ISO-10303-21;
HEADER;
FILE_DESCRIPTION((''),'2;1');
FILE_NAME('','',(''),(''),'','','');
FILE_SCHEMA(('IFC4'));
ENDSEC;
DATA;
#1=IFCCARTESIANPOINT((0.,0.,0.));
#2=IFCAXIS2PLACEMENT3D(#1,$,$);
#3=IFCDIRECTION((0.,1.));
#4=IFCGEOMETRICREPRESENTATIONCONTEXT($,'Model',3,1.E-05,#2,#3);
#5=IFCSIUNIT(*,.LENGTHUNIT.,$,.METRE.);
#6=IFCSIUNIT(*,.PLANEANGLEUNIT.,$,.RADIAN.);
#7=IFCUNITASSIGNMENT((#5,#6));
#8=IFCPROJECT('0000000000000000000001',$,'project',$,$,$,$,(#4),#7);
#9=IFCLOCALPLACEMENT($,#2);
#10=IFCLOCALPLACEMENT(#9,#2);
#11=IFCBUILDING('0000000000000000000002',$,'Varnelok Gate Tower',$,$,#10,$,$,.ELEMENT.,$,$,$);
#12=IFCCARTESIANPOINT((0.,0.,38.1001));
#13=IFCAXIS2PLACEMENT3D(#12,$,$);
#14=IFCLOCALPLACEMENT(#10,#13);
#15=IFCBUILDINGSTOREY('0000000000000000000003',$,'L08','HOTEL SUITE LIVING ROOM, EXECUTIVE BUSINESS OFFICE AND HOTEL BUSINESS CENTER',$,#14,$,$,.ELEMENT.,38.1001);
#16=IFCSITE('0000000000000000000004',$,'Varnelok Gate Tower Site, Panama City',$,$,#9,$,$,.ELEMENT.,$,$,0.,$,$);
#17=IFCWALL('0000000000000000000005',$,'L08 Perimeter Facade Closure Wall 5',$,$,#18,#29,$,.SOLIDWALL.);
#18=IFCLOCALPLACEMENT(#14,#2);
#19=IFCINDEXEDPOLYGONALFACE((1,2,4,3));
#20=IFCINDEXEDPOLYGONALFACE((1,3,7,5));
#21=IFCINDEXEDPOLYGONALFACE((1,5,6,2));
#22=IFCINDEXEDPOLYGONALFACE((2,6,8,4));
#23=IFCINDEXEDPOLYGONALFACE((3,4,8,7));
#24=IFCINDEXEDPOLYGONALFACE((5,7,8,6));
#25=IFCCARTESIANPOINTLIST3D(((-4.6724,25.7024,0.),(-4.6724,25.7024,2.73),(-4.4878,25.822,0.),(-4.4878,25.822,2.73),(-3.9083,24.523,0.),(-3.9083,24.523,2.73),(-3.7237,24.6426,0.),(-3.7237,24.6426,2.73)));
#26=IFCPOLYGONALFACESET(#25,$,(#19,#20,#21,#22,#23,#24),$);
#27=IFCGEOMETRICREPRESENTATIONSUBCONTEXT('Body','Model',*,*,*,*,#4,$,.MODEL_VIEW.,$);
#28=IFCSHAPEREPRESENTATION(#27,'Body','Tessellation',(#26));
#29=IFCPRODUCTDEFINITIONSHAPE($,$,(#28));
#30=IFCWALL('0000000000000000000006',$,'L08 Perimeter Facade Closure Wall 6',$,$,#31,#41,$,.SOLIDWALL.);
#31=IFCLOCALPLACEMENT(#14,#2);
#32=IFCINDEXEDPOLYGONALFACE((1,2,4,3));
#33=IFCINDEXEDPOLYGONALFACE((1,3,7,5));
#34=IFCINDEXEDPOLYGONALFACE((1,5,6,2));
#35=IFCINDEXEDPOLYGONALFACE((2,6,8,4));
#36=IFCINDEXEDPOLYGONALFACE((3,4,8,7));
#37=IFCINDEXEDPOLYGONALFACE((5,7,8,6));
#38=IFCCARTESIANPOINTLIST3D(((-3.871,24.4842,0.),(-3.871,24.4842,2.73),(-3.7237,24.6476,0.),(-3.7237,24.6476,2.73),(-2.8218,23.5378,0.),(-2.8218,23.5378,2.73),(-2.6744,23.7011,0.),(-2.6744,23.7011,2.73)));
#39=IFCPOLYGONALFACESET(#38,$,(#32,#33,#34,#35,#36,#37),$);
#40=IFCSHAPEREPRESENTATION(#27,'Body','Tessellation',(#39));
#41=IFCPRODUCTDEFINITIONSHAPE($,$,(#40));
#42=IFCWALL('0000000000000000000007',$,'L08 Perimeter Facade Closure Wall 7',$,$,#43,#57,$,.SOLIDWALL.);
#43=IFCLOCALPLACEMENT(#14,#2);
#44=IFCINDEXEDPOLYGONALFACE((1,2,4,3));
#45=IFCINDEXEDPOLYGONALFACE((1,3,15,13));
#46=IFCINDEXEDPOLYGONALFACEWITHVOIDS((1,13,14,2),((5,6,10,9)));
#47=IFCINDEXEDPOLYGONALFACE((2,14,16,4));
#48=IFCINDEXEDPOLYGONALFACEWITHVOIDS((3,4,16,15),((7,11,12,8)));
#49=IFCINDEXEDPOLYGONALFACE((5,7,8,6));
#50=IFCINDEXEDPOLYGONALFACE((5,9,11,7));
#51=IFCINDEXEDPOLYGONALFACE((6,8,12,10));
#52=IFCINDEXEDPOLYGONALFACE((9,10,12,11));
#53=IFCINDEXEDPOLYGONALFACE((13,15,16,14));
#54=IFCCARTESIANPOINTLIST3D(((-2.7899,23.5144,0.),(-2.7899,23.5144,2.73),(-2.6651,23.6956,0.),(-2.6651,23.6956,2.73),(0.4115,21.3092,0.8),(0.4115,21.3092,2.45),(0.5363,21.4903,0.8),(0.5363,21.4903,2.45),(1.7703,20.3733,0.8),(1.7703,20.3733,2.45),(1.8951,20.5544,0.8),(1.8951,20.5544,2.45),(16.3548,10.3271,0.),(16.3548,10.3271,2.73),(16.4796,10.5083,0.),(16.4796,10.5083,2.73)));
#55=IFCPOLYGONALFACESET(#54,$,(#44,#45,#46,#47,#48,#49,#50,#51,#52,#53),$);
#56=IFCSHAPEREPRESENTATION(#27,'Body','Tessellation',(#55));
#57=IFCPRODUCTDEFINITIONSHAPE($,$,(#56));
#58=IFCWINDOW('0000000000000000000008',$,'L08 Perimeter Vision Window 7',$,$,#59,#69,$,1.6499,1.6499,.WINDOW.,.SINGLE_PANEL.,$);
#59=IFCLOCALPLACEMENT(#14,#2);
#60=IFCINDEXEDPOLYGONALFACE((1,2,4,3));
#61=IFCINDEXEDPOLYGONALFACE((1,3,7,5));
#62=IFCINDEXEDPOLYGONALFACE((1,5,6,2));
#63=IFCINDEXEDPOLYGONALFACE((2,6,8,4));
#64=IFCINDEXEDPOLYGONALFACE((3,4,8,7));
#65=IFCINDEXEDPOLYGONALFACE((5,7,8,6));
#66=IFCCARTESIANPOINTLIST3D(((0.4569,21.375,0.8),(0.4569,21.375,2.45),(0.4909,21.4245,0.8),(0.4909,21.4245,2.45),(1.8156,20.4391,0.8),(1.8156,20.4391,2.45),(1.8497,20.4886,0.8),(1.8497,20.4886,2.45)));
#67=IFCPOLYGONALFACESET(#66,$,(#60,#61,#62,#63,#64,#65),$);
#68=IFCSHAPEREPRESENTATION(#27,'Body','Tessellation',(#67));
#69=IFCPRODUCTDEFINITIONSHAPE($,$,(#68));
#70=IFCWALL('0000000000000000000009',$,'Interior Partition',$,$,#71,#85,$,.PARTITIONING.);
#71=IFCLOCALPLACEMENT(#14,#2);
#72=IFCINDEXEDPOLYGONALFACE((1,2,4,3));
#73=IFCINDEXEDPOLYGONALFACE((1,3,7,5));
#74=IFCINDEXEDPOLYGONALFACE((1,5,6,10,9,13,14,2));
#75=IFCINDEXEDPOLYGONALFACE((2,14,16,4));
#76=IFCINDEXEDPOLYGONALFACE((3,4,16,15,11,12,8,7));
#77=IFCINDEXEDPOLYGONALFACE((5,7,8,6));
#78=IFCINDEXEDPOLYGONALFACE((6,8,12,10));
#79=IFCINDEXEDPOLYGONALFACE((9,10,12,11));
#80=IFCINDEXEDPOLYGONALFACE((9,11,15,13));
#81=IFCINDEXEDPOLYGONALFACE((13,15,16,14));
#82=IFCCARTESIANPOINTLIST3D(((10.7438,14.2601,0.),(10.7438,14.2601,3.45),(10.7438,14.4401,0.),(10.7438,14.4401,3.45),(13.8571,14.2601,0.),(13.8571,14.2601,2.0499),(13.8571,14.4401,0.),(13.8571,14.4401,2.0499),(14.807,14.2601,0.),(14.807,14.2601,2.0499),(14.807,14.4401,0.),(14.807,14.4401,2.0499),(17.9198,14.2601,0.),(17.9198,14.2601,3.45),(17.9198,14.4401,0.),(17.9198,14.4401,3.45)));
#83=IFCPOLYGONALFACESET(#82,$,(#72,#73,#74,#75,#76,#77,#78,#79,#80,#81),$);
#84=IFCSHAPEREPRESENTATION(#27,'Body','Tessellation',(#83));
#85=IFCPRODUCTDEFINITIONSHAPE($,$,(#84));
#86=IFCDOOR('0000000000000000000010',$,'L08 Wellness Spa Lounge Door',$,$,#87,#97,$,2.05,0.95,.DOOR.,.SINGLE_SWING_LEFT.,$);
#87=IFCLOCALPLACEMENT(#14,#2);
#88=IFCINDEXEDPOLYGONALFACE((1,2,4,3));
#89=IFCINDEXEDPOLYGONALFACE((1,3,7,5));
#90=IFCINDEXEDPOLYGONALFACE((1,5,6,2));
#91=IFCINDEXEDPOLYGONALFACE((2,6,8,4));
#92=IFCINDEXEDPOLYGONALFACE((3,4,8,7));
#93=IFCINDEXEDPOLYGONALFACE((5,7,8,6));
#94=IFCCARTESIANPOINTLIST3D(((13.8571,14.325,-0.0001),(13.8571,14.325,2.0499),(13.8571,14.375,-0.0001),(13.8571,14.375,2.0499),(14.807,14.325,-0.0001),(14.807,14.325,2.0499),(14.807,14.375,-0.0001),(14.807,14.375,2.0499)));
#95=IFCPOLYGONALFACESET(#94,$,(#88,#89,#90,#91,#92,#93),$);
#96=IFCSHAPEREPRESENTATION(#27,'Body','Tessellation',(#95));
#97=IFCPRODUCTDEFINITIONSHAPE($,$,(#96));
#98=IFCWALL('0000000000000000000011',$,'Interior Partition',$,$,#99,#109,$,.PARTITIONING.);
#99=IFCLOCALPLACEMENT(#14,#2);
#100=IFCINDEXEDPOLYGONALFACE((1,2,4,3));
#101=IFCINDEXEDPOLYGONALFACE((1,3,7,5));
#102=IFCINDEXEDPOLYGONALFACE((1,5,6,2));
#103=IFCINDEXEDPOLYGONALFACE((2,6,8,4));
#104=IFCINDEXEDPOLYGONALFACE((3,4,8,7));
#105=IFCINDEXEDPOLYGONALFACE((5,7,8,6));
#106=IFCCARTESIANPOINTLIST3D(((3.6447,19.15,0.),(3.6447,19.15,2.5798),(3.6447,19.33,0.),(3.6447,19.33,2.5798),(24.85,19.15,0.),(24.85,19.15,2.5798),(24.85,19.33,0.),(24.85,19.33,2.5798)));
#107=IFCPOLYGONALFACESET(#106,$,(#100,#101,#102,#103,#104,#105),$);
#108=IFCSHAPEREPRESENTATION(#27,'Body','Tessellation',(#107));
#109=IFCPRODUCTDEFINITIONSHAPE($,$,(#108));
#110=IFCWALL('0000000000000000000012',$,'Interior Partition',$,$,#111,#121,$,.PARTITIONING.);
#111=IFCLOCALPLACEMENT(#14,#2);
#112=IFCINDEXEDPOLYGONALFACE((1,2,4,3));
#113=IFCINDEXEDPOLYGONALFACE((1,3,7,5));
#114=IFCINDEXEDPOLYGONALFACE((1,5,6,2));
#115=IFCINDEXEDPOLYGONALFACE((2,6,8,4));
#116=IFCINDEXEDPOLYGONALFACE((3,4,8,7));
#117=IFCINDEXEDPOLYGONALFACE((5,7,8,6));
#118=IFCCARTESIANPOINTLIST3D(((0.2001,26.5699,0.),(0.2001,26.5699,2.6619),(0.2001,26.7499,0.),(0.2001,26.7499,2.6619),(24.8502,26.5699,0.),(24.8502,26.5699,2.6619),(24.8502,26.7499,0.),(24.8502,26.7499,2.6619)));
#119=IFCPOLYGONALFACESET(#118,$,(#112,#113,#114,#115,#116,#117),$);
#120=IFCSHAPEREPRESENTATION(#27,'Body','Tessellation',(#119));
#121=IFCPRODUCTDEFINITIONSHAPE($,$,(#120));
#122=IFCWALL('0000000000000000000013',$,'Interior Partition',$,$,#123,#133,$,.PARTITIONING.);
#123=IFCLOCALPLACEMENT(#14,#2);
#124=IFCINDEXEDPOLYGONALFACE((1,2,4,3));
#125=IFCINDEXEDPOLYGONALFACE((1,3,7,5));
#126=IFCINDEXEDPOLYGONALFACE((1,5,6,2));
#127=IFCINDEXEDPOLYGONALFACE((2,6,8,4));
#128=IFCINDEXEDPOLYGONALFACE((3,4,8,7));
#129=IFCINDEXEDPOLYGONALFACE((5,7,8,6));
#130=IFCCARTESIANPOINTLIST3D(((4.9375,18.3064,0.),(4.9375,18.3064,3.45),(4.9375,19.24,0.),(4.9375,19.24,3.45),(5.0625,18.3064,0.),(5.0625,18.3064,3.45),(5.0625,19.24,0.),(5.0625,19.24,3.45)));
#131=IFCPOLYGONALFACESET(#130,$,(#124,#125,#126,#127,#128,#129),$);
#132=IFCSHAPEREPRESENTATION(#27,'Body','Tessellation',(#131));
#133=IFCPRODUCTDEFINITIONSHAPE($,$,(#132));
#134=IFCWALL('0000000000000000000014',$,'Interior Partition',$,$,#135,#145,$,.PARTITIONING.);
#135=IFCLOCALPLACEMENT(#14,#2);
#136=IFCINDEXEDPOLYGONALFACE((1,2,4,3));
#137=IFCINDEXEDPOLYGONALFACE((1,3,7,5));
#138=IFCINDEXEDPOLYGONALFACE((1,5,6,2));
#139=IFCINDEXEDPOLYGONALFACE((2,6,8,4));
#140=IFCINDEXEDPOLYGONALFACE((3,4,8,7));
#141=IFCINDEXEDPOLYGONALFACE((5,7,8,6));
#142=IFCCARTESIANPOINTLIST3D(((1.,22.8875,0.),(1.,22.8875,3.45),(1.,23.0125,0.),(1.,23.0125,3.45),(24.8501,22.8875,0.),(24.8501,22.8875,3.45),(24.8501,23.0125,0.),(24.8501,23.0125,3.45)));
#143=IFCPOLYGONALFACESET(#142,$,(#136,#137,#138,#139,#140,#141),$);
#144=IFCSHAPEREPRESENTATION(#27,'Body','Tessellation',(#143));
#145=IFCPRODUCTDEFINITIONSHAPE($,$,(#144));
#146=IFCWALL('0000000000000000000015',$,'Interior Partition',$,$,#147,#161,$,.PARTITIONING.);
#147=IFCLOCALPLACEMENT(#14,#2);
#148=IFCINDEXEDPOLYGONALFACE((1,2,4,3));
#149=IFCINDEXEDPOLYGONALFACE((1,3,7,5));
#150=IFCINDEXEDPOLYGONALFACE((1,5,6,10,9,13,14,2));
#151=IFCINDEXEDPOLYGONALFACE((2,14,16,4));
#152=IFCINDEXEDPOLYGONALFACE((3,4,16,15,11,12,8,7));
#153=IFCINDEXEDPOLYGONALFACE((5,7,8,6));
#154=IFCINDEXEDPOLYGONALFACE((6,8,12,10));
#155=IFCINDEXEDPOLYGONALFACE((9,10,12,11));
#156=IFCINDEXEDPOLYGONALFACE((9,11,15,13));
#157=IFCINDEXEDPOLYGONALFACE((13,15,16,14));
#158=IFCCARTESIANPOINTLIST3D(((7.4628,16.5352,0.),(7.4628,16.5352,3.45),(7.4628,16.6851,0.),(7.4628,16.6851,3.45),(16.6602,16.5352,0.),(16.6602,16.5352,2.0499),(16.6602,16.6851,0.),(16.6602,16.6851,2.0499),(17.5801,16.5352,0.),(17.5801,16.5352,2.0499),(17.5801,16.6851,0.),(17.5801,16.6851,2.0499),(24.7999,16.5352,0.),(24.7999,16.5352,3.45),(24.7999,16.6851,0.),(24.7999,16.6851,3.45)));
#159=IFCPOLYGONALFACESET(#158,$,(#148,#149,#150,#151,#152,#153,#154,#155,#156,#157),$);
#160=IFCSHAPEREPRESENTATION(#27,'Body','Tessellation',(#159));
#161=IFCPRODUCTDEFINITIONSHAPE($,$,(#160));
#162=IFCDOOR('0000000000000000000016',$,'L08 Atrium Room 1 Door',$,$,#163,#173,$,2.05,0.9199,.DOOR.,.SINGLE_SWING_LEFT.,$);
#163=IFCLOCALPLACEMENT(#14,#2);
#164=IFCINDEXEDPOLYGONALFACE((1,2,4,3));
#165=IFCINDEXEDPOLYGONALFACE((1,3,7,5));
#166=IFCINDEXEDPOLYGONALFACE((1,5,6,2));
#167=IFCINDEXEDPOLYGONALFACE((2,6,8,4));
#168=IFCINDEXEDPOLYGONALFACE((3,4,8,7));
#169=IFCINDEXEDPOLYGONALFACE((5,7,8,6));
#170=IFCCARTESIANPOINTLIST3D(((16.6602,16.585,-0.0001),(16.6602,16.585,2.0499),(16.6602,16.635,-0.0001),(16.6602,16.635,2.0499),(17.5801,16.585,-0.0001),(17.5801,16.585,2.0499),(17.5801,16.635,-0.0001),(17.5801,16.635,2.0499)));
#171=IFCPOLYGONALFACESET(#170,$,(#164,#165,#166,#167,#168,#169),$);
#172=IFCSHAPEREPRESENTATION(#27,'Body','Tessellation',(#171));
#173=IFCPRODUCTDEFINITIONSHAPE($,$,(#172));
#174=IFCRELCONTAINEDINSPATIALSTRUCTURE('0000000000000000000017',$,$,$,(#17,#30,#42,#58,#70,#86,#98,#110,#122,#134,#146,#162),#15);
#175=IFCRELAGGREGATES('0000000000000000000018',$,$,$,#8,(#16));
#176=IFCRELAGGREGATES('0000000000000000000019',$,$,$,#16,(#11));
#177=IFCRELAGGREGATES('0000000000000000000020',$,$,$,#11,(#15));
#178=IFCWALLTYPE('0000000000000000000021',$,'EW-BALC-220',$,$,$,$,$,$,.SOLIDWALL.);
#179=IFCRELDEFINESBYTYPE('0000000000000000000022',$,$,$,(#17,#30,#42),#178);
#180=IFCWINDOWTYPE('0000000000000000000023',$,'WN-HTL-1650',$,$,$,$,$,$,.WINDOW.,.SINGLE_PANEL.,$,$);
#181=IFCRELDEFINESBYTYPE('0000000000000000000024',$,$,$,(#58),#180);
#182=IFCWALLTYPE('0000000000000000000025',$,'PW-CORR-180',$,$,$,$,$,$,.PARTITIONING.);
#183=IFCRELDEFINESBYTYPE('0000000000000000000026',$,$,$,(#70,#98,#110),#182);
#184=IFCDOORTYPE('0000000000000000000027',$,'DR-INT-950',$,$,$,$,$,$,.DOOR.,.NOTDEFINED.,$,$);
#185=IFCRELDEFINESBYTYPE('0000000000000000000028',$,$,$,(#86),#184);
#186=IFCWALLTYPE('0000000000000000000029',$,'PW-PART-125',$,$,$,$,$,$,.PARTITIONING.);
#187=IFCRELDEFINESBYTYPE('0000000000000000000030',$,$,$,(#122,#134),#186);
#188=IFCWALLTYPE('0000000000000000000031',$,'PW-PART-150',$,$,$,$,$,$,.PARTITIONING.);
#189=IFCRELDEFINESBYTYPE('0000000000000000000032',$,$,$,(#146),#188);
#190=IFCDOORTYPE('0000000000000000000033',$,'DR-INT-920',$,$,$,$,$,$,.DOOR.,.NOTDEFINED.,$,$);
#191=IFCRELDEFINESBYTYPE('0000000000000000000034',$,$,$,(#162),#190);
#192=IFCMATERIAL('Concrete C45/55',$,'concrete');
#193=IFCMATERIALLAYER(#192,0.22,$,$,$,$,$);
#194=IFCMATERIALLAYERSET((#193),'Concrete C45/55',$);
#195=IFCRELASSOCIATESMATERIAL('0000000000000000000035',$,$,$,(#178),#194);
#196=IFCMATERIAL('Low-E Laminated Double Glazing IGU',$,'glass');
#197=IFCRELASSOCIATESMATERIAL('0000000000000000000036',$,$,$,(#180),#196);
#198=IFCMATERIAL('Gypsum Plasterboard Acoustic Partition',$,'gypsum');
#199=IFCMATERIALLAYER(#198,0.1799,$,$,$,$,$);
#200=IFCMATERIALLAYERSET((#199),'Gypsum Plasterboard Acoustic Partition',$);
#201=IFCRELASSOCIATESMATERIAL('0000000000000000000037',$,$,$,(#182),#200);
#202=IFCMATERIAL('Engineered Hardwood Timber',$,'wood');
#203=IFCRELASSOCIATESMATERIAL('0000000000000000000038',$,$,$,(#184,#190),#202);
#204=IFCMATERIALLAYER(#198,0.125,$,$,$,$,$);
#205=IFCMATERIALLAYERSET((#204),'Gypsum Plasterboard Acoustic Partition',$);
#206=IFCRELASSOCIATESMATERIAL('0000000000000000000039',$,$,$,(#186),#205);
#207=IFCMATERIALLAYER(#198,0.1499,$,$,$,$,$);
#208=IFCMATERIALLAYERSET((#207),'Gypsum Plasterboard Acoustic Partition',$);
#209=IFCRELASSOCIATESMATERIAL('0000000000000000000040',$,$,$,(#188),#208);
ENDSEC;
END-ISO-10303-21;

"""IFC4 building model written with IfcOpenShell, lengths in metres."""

from ifc_helpers import new_model, si_unit, direction, frame, frame_2d, origin, place, context, subcontext, project, spatial, rectangle, extrude, material, layer, layer_set, type_object, element, fill, save


model = new_model("IFC4")

# Units and contexts
model_context = context("Model", 3, precision=1e-05, world=origin(), true_north=direction((0.0, 1.0)))
body_context = subcontext(model_context, "Body", "Model", "MODEL_VIEW")
ifc_project = project(units=[si_unit("LENGTHUNIT", "METRE"), si_unit("PLANEANGLEUNIT", "RADIAN")], contexts=[model_context])

# Site, building, storey
site_placement = place(None, origin())
site = spatial("IfcSite", under=ifc_project, at=site_placement, Name="Varnelok Gate Tower Site, Panama City", CompositionType="ELEMENT", RefElevation=0.0)
building_placement = place(site_placement, origin())
building = spatial("IfcBuilding", under=site, at=building_placement, Name="Varnelok Gate Tower", CompositionType="ELEMENT")
storey_placement = place(building_placement, frame((0.0, 0.0, 38.1001)))
storey = spatial("IfcBuildingStorey", under=building, at=storey_placement, Name="L08", Description="HOTEL SUITE LIVING ROOM, EXECUTIVE BUSINESS OFFICE AND HOTEL BUSINESS CENTER", CompositionType="ELEMENT", Elevation=38.1001)

# Shared definitions
ifc_material_1 = material(Name="Concrete C45/55", Category="concrete")

# Walls
ifc_layer_1 = layer(ifc_material_1, 0.22)
ifc_layer_set_1 = layer_set([ifc_layer_1], Name="Concrete C45/55")
wall_type_1 = type_object("IfcWallType", Name="EW-BALC-220", PredefinedType="SOLIDWALL", material=ifc_layer_set_1)
for number, where, z_axis, x_axis, name in (
    (1, (-4.5801, 25.7622, 0.0), (0.0, 0.0, 1.0), (0.543748, -0.839248, 0.0), "L08 Perimeter Facade Closure Wall 5"),
):
    element("IfcWall", number, at=place(storey_placement, frame(where, z_axis=z_axis, x_axis=x_axis)), inside=storey, type_object=wall_type_1, Name=name, PredefinedType="SOLIDWALL", context=body_context, shape_type="SweptSolid", body=[
        extrude(rectangle(XDim=1.4053, YDim=0.22, at=frame_2d((0.7026, 0.0))), origin(), (0.0, 0.0, 1.0), 2.73),
    ])
wall_1_placement = place(storey_placement, frame((-3.7974, 24.5659, 0.0), z_axis=(0.0, 0.0, 1.0), x_axis=(0.742538, -0.669804, 0.0)))
element("IfcWall", 2, at=wall_1_placement, inside=storey, type_object=wall_type_1, Name="L08 Perimeter Facade Closure Wall 6", PredefinedType="SOLIDWALL", context=body_context, shape_type="SweptSolid", body=[
    extrude(rectangle(XDim=1.4131, YDim=0.22, at=frame_2d((0.7065, 0.0))), origin(), (0.0, 0.0, 1.0), 2.73),
])

# Wall, opening, window
wall_2_placement = place(storey_placement, frame((-2.7275, 23.605, 0.0), z_axis=(0.0, 0.0, 1.0), x_axis=(0.823535, -0.567265, 0.0)))
wall_2 = element("IfcWall", 3, at=wall_2_placement, inside=storey, type_object=wall_type_1, Name="L08 Perimeter Facade Closure Wall 7", PredefinedType="SOLIDWALL", context=body_context, shape_type="SweptSolid", body=[
    extrude(rectangle(XDim=23.2471, YDim=0.22, at=frame_2d((11.6235, 0.0))), origin(), (0.0, 0.0, 1.0), 2.73),
])
opening_1_placement = place(wall_2_placement, frame((3.8875, 0.0, 0.8)))
opening_1 = element("IfcOpeningElement", 4, at=opening_1_placement, cuts=wall_2, PredefinedType="OPENING", context=body_context, shape_type="SweptSolid", body=[
    extrude(rectangle(XDim=1.6499, YDim=1.6499, at=frame_2d((0.825, 0.825))), frame((0.0, 0.1199, 0.0), z_axis=(0.0, -1.0, 0.0), x_axis=(1.0, 0.0, 0.0)), (0.0, 0.0, 1.0), 0.24),
])
ifc_material_2 = material(Name="Low-E Laminated Double Glazing IGU", Category="glass")
window_type = type_object("IfcWindowType", Name="WN-HTL-1650", PartitioningType="SINGLE_PANEL", PredefinedType="WINDOW", material=ifc_material_2)
window_placement = place(opening_1_placement, origin())
window = element("IfcWindow", 5, at=window_placement, inside=storey, type_object=window_type, Name="L08 Perimeter Vision Window 7", OverallHeight=1.6499, OverallWidth=1.6499, PartitioningType="SINGLE_PANEL", PredefinedType="WINDOW", context=body_context, shape_type="SweptSolid", body=[
    extrude(rectangle(XDim=1.6499, YDim=1.6499, at=frame_2d((0.825, 0.825))), frame((0.0, 0.03, 0.0), z_axis=(0.0, -1.0, 0.0), x_axis=(1.0, 0.0, 0.0)), (0.0, 0.0, 1.0), 0.0601),
])
fill(opening_1, window)

# Wall, opening, door
ifc_material_3 = material(Name="Gypsum Plasterboard Acoustic Partition", Category="gypsum")
ifc_layer_2 = layer(ifc_material_3, 0.1799)
ifc_layer_set_2 = layer_set([ifc_layer_2], Name="Gypsum Plasterboard Acoustic Partition")
wall_type_2 = type_object("IfcWallType", Name="PW-CORR-180", PredefinedType="PARTITIONING", material=ifc_layer_set_2)
wall_3_placement = place(storey_placement, frame((10.7439, 14.3501, 0.0), z_axis=(0.0, 0.0, 1.0), x_axis=(1.0, 0.0, 0.0)))
wall_3 = element("IfcWall", 6, at=wall_3_placement, inside=storey, type_object=wall_type_2, Name="Interior Partition", PredefinedType="PARTITIONING", context=body_context, shape_type="SweptSolid", body=[
    extrude(rectangle(XDim=7.176, YDim=0.1799, at=frame_2d((3.5879, 0.0))), origin(), (0.0, 0.0, 1.0), 3.45),
])
opening_2_placement = place(wall_3_placement, frame((3.113, 0.0, 0.0)))
opening_2 = element("IfcOpeningElement", 7, at=opening_2_placement, cuts=wall_3, PredefinedType="OPENING", context=body_context, shape_type="SweptSolid", body=[
    extrude(rectangle(XDim=0.95, YDim=2.05, at=frame_2d((0.4751, 1.0249))), frame((0.0, 0.0999, 0.0), z_axis=(0.0, -1.0, 0.0), x_axis=(1.0, 0.0, 0.0)), (0.0, 0.0, 1.0), 0.2),
])
ifc_material_4 = material(Name="Engineered Hardwood Timber", Category="wood")
door_type_1 = type_object("IfcDoorType", Name="DR-INT-950", OperationType="NOTDEFINED", PredefinedType="DOOR", material=ifc_material_4)
door_1_placement = place(opening_2_placement, origin())
door_1 = element("IfcDoor", 8, at=door_1_placement, inside=storey, type_object=door_type_1, Name="L08 Wellness Spa Lounge Door", OperationType="SINGLE_SWING_LEFT", OverallHeight=2.05, OverallWidth=0.95, PredefinedType="DOOR", context=body_context, shape_type="SweptSolid", body=[
    extrude(rectangle(XDim=0.95, YDim=2.05, at=frame_2d((0.4751, 1.0249))), frame((0.0, 0.0249, 0.0), z_axis=(0.0, -1.0, 0.0), x_axis=(1.0, 0.0, 0.0)), (0.0, 0.0, 1.0), 0.05),
])
fill(opening_2, door_1)

# Walls
wall_4_placement = place(storey_placement, frame((3.6448, 19.24, 0.0), z_axis=(0.0, 0.0, 1.0), x_axis=(1.0, 0.0, 0.0)))
element("IfcWall", 9, at=wall_4_placement, inside=storey, type_object=wall_type_2, Name="Interior Partition", PredefinedType="PARTITIONING", context=body_context, shape_type="SweptSolid", body=[
    extrude(rectangle(XDim=21.2053, YDim=0.1799, at=frame_2d((10.6025, 0.0))), origin(), (0.0, 0.0, 1.0), 2.5798),
])
wall_5_placement = place(storey_placement, frame((0.2, 26.6599, 0.0), z_axis=(0.0, 0.0, 1.0), x_axis=(1.0, 0.0, 0.0)))
element("IfcWall", 10, at=wall_5_placement, inside=storey, type_object=wall_type_2, Name="Interior Partition", PredefinedType="PARTITIONING", context=body_context, shape_type="SweptSolid", body=[
    extrude(rectangle(XDim=24.6501, YDim=0.1799, at=frame_2d((12.3252, 0.0))), origin(), (0.0, 0.0, 1.0), 2.6619),
])
ifc_layer_3 = layer(ifc_material_3, 0.125)
ifc_layer_set_3 = layer_set([ifc_layer_3], Name="Gypsum Plasterboard Acoustic Partition")
wall_type_3 = type_object("IfcWallType", Name="PW-PART-125", PredefinedType="PARTITIONING", material=ifc_layer_set_3)
wall_6_placement = place(storey_placement, frame((5.0, 18.3064, 0.0), z_axis=(0.0, 0.0, 1.0), x_axis=(0.0, 1.0, 0.0)))
element("IfcWall", 11, at=wall_6_placement, inside=storey, type_object=wall_type_3, Name="Interior Partition", PredefinedType="PARTITIONING", context=body_context, shape_type="SweptSolid", body=[
    extrude(rectangle(XDim=0.9336, YDim=0.125, at=frame_2d((0.4668, 0.0))), origin(), (0.0, 0.0, 1.0), 3.45),
])
wall_7_placement = place(storey_placement, frame((1.0, 22.95, 0.0), z_axis=(0.0, 0.0, 1.0), x_axis=(1.0, 0.0, 0.0)))
element("IfcWall", 12, at=wall_7_placement, inside=storey, type_object=wall_type_3, Name="Interior Partition", PredefinedType="PARTITIONING", context=body_context, shape_type="SweptSolid", body=[
    extrude(rectangle(XDim=23.8501, YDim=0.125, at=frame_2d((11.925, 0.0))), origin(), (0.0, 0.0, 1.0), 3.45),
])

# Wall, opening, door
ifc_layer_4 = layer(ifc_material_3, 0.1499)
ifc_layer_set_4 = layer_set([ifc_layer_4], Name="Gypsum Plasterboard Acoustic Partition")
wall_type_4 = type_object("IfcWallType", Name="PW-PART-150", PredefinedType="PARTITIONING", material=ifc_layer_set_4)
wall_8_placement = place(storey_placement, frame((7.4629, 16.6101, 0.0), z_axis=(0.0, 0.0, 1.0), x_axis=(1.0, 0.0, 0.0)))
wall_8 = element("IfcWall", 13, at=wall_8_placement, inside=storey, type_object=wall_type_4, Name="Interior Partition", PredefinedType="PARTITIONING", context=body_context, shape_type="SweptSolid", body=[
    extrude(rectangle(XDim=17.3372, YDim=0.1499, at=frame_2d((8.6685, 0.0))), origin(), (0.0, 0.0, 1.0), 3.45),
])
opening_3_placement = place(wall_8_placement, frame((9.1973, 0.0, 0.0)))
opening_3 = element("IfcOpeningElement", 14, at=opening_3_placement, cuts=wall_8, PredefinedType="OPENING", context=body_context, shape_type="SweptSolid", body=[
    extrude(rectangle(XDim=0.9199, YDim=2.05, at=frame_2d((0.46, 1.0249))), frame((0.0, 0.085, 0.0), z_axis=(0.0, -1.0, 0.0), x_axis=(1.0, 0.0, 0.0)), (0.0, 0.0, 1.0), 0.1699),
])
door_type_2 = type_object("IfcDoorType", Name="DR-INT-920", OperationType="NOTDEFINED", PredefinedType="DOOR", material=ifc_material_4)
door_2_placement = place(opening_3_placement, origin())
door_2 = element("IfcDoor", 15, at=door_2_placement, inside=storey, type_object=door_type_2, Name="L08 Atrium Room 1 Door", OperationType="SINGLE_SWING_LEFT", OverallHeight=2.05, OverallWidth=0.9199, PredefinedType="DOOR", context=body_context, shape_type="SweptSolid", body=[
    extrude(rectangle(XDim=0.9199, YDim=2.05, at=frame_2d((0.46, 1.0249))), frame((0.0, 0.0249, 0.0), z_axis=(0.0, -1.0, 0.0), x_axis=(1.0, 0.0, 0.0)), (0.0, 0.0, 1.0), 0.05),
])
fill(opening_3, door_2)

save(model, "model.ifc")
